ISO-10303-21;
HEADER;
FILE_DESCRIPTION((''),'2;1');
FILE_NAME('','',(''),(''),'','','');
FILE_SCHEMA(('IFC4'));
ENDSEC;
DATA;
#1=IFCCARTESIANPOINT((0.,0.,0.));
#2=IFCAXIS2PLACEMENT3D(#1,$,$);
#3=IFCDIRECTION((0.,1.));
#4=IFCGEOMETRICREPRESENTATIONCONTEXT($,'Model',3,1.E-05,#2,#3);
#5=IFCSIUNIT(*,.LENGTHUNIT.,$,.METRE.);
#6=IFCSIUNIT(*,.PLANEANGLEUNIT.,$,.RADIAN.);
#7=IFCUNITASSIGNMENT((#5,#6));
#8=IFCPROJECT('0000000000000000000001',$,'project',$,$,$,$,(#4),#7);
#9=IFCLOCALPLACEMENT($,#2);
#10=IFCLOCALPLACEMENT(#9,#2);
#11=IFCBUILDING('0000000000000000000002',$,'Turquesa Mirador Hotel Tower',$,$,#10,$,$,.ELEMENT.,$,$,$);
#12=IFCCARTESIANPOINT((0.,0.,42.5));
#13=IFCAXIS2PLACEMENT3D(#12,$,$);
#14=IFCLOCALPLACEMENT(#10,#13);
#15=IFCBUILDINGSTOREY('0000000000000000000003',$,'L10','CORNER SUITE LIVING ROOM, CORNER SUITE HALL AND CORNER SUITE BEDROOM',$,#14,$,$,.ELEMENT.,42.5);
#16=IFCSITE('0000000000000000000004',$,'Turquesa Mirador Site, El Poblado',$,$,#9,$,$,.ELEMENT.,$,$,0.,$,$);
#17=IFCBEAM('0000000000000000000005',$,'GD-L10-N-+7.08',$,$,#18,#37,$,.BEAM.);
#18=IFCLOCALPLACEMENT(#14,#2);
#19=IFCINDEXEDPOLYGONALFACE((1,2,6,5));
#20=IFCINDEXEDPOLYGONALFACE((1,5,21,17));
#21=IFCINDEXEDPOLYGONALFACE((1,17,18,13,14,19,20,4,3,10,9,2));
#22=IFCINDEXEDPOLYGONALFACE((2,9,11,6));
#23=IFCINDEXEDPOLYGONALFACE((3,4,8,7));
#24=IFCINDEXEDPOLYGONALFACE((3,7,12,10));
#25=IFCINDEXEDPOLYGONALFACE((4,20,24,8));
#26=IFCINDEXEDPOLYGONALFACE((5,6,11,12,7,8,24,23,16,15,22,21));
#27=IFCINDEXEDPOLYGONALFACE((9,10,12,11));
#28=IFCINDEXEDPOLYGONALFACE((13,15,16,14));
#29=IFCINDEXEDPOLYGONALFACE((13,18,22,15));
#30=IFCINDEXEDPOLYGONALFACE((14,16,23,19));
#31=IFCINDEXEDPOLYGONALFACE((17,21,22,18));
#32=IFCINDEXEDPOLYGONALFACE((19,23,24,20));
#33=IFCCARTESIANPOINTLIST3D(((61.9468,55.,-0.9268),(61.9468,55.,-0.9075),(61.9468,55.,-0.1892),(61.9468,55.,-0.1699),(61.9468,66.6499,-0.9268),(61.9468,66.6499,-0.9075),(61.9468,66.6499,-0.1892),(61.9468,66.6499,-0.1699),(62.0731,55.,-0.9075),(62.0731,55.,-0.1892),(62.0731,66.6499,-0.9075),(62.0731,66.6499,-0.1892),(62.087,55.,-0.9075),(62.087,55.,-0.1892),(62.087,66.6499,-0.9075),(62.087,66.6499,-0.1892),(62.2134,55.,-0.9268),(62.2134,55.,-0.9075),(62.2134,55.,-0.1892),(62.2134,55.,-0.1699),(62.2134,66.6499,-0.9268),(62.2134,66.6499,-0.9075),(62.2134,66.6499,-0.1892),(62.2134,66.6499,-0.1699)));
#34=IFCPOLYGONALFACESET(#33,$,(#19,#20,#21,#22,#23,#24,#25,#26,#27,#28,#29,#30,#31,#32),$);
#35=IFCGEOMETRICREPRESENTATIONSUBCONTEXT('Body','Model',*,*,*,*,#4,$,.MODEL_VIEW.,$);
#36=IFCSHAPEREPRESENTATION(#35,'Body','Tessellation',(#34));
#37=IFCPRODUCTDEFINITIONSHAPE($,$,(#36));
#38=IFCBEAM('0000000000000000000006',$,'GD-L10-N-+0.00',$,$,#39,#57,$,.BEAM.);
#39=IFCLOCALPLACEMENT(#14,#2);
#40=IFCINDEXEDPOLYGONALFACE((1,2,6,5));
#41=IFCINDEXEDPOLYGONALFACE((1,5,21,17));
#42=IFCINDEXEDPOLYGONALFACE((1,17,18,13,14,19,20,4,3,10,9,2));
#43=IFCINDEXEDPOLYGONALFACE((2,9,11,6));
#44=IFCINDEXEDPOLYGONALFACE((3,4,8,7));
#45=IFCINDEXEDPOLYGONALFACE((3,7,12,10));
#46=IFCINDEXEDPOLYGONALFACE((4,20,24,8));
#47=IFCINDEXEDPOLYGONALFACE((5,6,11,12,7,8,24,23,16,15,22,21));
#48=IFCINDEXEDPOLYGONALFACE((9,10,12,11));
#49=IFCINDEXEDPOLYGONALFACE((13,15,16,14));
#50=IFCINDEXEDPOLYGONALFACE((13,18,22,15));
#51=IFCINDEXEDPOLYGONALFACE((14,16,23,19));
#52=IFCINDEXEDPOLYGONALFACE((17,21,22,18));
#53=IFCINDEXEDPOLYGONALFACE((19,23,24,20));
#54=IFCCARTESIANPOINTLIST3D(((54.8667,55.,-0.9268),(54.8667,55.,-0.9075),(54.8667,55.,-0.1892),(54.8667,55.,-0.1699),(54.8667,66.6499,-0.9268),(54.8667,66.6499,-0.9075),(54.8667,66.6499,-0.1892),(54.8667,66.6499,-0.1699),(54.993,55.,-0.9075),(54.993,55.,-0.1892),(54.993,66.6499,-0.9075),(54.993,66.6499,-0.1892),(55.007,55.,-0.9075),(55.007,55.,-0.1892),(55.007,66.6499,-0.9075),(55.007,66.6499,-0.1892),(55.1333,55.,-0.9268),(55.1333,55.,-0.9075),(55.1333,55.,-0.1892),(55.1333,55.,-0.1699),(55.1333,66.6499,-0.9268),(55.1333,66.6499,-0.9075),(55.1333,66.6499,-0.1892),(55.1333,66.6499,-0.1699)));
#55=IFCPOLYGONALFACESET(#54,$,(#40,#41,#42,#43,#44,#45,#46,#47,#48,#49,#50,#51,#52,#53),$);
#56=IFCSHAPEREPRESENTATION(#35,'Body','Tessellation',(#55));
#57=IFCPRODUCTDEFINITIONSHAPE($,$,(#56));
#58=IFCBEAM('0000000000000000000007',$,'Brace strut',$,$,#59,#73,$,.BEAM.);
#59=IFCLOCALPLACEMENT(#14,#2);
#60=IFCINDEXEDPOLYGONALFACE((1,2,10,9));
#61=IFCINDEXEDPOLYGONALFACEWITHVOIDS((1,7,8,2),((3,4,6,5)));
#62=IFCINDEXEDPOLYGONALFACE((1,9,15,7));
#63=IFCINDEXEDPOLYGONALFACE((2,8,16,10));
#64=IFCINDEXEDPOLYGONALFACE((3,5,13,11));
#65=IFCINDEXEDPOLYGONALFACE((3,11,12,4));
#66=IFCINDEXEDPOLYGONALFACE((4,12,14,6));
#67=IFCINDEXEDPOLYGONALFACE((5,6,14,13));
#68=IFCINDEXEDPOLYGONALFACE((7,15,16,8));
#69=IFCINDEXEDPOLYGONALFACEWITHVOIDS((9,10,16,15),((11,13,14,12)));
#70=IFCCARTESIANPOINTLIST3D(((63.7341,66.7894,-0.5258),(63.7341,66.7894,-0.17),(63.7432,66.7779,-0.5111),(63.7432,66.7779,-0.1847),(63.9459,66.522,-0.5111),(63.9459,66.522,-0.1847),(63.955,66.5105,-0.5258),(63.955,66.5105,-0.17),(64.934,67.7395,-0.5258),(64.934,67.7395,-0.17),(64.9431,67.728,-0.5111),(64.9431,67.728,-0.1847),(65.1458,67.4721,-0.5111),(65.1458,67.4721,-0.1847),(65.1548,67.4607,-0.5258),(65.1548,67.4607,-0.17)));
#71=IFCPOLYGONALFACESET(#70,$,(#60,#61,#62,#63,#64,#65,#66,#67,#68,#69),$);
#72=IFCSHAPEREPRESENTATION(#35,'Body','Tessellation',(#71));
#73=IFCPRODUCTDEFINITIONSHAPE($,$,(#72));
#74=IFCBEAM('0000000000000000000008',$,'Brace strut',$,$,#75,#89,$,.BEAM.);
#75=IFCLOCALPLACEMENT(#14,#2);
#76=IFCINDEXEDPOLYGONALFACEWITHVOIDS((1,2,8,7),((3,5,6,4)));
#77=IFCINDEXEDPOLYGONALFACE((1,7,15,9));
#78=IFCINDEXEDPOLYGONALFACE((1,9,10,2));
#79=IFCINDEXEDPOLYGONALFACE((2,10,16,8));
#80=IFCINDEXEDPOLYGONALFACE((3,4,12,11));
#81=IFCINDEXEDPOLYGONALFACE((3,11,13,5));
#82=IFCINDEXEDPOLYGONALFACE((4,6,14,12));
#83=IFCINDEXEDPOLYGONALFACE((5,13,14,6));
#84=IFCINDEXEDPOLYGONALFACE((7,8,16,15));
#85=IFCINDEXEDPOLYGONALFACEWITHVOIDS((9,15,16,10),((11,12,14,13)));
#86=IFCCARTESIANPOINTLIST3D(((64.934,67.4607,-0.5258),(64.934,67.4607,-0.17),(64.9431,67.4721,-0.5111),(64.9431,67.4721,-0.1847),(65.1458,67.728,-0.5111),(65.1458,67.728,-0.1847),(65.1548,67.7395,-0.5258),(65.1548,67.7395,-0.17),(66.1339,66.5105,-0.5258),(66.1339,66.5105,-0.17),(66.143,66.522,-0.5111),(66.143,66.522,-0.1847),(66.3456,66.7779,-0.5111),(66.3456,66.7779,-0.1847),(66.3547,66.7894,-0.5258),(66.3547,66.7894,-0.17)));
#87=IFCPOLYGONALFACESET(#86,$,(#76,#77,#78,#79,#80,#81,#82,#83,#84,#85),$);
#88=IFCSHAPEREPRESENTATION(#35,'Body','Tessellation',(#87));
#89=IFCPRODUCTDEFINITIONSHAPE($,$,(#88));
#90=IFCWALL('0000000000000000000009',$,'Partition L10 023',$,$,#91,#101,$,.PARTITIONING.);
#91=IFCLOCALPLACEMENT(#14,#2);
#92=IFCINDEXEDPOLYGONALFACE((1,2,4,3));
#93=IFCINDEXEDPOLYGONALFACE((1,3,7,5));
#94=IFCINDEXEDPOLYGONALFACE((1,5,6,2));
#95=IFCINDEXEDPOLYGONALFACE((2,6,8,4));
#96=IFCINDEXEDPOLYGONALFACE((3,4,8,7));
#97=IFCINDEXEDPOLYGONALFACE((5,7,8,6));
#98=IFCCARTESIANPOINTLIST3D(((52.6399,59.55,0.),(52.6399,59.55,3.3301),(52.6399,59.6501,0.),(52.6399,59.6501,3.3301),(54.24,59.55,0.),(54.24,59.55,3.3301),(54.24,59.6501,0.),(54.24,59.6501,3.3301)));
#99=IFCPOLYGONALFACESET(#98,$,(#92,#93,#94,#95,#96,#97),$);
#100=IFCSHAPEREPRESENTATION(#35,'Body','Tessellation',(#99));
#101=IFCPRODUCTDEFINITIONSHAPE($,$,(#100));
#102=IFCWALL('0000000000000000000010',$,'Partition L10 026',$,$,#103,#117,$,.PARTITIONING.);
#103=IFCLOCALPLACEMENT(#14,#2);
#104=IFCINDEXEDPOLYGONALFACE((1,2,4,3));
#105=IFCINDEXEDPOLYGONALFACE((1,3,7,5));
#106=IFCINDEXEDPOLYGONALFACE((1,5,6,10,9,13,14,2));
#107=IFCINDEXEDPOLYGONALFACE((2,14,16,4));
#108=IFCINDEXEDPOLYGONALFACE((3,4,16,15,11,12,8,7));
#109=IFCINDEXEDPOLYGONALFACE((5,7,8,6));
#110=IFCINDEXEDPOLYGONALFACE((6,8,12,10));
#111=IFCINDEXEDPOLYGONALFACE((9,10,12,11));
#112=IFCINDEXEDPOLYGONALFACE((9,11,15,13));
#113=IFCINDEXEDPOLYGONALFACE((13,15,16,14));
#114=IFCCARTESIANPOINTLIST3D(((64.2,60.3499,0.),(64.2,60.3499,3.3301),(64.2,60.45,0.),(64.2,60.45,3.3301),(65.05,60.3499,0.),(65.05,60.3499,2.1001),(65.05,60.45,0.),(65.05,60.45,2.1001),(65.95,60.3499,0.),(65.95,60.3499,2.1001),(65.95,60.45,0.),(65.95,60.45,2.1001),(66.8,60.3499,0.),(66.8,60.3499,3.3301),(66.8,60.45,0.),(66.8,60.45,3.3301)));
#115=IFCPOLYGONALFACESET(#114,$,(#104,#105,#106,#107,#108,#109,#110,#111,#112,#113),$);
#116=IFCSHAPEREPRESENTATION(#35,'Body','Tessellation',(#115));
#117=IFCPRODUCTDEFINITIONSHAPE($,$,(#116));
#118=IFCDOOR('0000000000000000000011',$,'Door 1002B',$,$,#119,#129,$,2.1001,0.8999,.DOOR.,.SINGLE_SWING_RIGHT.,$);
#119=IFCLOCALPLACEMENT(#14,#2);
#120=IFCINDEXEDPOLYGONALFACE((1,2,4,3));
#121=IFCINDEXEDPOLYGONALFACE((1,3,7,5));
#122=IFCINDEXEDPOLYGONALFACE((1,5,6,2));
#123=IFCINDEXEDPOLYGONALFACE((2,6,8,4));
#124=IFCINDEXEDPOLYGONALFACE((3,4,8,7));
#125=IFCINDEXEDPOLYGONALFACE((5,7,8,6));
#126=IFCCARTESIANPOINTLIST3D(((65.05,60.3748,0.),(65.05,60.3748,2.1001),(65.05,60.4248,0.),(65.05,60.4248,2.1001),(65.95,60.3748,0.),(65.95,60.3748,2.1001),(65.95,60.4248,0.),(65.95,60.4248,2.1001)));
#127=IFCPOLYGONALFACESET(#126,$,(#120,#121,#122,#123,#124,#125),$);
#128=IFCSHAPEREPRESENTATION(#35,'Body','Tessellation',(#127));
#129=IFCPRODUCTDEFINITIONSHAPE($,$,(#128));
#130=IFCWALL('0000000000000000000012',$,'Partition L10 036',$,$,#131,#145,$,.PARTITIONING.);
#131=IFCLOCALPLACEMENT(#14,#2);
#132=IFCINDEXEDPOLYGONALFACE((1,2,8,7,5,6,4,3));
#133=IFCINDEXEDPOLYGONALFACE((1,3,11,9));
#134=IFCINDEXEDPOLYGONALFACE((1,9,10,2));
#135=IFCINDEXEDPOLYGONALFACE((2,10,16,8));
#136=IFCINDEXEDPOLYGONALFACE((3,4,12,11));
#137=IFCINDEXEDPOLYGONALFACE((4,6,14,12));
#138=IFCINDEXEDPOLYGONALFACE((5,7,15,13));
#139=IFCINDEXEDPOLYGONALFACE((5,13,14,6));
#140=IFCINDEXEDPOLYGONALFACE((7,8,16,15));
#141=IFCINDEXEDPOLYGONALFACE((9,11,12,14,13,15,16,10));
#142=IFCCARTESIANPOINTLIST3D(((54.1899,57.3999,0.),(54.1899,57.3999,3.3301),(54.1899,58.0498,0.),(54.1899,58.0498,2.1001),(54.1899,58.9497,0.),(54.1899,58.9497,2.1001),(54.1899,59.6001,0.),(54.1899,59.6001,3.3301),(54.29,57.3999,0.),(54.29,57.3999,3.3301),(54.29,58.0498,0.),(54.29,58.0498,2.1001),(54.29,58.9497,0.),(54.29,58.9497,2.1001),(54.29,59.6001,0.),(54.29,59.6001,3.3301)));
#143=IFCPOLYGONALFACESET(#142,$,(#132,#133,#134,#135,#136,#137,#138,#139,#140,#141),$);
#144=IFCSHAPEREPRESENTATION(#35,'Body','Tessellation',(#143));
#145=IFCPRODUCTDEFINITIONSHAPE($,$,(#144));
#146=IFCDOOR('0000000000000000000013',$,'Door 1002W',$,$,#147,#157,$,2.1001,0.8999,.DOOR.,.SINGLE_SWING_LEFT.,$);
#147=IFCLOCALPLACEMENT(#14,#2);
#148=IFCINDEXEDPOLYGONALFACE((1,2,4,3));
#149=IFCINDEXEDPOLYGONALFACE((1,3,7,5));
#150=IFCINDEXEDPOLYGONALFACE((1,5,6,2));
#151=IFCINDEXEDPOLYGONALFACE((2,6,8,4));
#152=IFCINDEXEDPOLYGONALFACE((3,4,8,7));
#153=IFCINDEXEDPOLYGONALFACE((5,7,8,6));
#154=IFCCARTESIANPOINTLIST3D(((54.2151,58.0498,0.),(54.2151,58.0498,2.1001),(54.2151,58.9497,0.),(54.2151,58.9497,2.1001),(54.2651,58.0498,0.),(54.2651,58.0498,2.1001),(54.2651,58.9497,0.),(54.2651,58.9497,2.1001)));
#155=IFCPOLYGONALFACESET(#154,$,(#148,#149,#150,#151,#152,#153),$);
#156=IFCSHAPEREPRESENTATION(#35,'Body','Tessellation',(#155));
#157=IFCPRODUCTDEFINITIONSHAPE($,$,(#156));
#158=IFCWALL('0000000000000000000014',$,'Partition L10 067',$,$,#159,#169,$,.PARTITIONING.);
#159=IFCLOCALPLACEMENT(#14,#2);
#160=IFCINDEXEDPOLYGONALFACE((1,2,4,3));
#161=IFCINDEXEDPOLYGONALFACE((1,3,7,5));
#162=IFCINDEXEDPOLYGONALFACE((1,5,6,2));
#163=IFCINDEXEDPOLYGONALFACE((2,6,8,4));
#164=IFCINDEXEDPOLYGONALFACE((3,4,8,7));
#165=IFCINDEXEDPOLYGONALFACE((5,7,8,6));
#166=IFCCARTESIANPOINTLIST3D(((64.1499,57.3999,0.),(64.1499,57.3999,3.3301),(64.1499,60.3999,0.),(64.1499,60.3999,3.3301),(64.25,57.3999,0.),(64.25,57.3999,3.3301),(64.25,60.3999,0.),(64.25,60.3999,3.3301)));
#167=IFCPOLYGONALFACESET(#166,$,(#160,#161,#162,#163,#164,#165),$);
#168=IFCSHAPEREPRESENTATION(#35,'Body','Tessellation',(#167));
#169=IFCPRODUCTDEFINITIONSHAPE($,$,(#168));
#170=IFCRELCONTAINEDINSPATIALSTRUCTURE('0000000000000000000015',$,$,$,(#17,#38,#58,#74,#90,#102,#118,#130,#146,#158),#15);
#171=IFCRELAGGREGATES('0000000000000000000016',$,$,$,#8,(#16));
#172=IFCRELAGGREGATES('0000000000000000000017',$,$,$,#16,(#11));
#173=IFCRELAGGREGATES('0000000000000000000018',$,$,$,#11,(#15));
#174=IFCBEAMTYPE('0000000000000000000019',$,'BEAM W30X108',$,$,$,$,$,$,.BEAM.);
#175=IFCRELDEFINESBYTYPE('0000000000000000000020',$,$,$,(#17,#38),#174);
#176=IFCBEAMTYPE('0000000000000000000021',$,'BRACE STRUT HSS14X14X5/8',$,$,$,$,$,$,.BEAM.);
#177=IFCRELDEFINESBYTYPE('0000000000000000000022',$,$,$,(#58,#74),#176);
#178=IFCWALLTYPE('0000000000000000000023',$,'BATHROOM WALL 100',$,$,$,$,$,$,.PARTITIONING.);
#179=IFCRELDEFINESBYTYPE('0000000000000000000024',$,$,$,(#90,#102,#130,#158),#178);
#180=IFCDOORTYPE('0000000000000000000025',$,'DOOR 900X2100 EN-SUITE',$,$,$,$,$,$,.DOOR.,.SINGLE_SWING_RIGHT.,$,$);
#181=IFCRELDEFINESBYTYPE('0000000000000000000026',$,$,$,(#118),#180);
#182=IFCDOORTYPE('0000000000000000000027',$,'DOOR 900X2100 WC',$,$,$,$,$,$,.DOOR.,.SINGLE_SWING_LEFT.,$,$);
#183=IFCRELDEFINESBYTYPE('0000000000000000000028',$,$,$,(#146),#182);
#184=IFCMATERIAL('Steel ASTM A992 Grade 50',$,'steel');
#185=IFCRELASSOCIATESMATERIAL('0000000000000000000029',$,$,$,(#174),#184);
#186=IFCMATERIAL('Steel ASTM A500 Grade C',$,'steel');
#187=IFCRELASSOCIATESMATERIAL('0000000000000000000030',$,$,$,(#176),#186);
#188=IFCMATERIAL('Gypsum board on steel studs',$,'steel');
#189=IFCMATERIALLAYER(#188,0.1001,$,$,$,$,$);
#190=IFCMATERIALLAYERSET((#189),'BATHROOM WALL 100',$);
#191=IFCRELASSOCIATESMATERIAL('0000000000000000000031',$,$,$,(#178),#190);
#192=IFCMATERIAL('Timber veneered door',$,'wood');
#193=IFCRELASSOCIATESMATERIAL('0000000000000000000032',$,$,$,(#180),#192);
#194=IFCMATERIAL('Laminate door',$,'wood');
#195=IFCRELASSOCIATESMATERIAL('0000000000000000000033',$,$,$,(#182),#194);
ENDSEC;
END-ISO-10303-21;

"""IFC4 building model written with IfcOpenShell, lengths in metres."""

from ifc_helpers import new_model, si_unit, direction, frame, frame_2d, origin, origin_2d, place, context, subcontext, project, spatial, rectangle, hollow_rectangle, i_section, extrude, material, layer, layer_set, material_profile, profile_set, type_object, element, fill, save


model = new_model("IFC4")

# Units and contexts
model_context = context("Model", 3, precision=1e-05, world=origin(), true_north=direction((0.0, 1.0)))
body_context = subcontext(model_context, "Body", "Model", "MODEL_VIEW")
ifc_project = project(units=[si_unit("LENGTHUNIT", "METRE"), si_unit("PLANEANGLEUNIT", "RADIAN")], contexts=[model_context])

# Site, building, storey
site_placement = place(None, origin())
site = spatial("IfcSite", under=ifc_project, at=site_placement, Name="Turquesa Mirador Site, El Poblado", CompositionType="ELEMENT", RefElevation=0.0)
building_placement = place(site_placement, origin())
building = spatial("IfcBuilding", under=site, at=building_placement, Name="Turquesa Mirador Hotel Tower", CompositionType="ELEMENT")
storey_placement = place(building_placement, frame((0.0, 0.0, 42.5)))
storey = spatial("IfcBuildingStorey", under=building, at=storey_placement, Name="L10", Description="CORNER SUITE LIVING ROOM, CORNER SUITE HALL AND CORNER SUITE BEDROOM", CompositionType="ELEMENT", Elevation=42.5)

# Beams
ifc_material_1 = material(Name="Steel ASTM A992 Grade 50", Category="steel")
ifc_material_profile_1 = material_profile(ifc_material_1, i_section(OverallWidth=0.2666, OverallDepth=0.7568, WebThickness=0.0139, FlangeThickness=0.0193, at=origin_2d()), Name="W30X108")
ifc_profile_set_1 = profile_set([ifc_material_profile_1], Name="Steel ASTM A992 Grade 50")
beam_type_1 = type_object("IfcBeamType", Name="BEAM W30X108", PredefinedType="BEAM", material=ifc_profile_set_1)
for number, where, z_axis, x_axis, name in (
    (1, (62.0801, 66.6499, -0.5483), (0.0, -1.0, 0.0), (1.0, 0.0, 0.0), "GD-L10-N-+7.08"),
    (2, (55.0, 66.6499, -0.5483), (0.0, -1.0, 0.0), (1.0, 0.0, 0.0), "GD-L10-N-+0.00"),
):
    element("IfcBeam", number, at=place(storey_placement, frame(where, z_axis=z_axis, x_axis=x_axis)), inside=storey, type_object=beam_type_1, Name=name, PredefinedType="BEAM", context=body_context, shape_type="SweptSolid", body=[
        extrude(i_section(OverallWidth=0.2666, OverallDepth=0.7568, WebThickness=0.0139, FlangeThickness=0.0193, at=origin_2d()), origin(), (0.0, 0.0, 1.0), 11.6499),
    ])
ifc_material_2 = material(Name="Steel ASTM A500 Grade C", Category="steel")
ifc_material_profile_2 = material_profile(ifc_material_2, hollow_rectangle(XDim=0.3557, YDim=0.3557, WallThickness=0.0146, at=origin_2d()), Name="HSS14X14X5/8")
ifc_profile_set_2 = profile_set([ifc_material_profile_2], Name="Steel ASTM A500 Grade C")
beam_type_2 = type_object("IfcBeamType", Name="BRACE STRUT HSS14X14X5/8", PredefinedType="BEAM", material=ifc_profile_set_2)
for number, where, z_axis, x_axis, name in (
    (3, (65.0444, 67.6001, -0.3479), (-0.783971, -0.620797, 0.0), (0.620797, -0.783971, 0.0), "Brace strut"),
    (4, (65.0444, 67.6001, -0.3479), (0.783971, -0.620797, 0.0), (0.620797, 0.783971, 0.0), "Brace strut"),
):
    element("IfcBeam", number, at=place(storey_placement, frame(where, z_axis=z_axis, x_axis=x_axis)), inside=storey, type_object=beam_type_2, Name=name, PredefinedType="BEAM", context=body_context, shape_type="SweptSolid", body=[
        extrude(hollow_rectangle(XDim=0.3557, YDim=0.3557, WallThickness=0.0146, at=origin_2d()), origin(), (0.0, 0.0, 1.0), 1.5305),
    ])

# Wall
ifc_material_3 = material(Name="Gypsum board on steel studs", Category="steel")
ifc_layer_1 = layer(ifc_material_3, 0.1001)
ifc_layer_set_1 = layer_set([ifc_layer_1], Name="BATHROOM WALL 100")
wall_type_1 = type_object("IfcWallType", Name="BATHROOM WALL 100", PredefinedType="PARTITIONING", material=ifc_layer_set_1)
wall_1_placement = place(storey_placement, frame((52.6399, 59.6001, 0.0), z_axis=(0.0, 0.0, 1.0), x_axis=(1.0, 0.0, 0.0)))
element("IfcWall", 5, at=wall_1_placement, inside=storey, type_object=wall_type_1, Name="Partition L10 023", PredefinedType="PARTITIONING", context=body_context, shape_type="SweptSolid", body=[
    extrude(rectangle(XDim=1.6001, YDim=0.1001, at=frame_2d((0.8, 0.0))), origin(), (0.0, 0.0, 1.0), 3.3301),
])

# Walls, openings, doors
wall_2_placement = place(storey_placement, frame((64.2, 60.3999, 0.0), z_axis=(0.0, 0.0, 1.0), x_axis=(1.0, 0.0, 0.0)))
wall_2 = element("IfcWall", 6, at=wall_2_placement, inside=storey, type_object=wall_type_1, Name="Partition L10 026", PredefinedType="PARTITIONING", context=body_context, shape_type="SweptSolid", body=[
    extrude(rectangle(XDim=2.6001, YDim=0.1001, at=frame_2d((1.3, 0.0))), origin(), (0.0, 0.0, 1.0), 3.3301),
])
opening_1_placement = place(wall_2_placement, frame((0.8501, 0.0, 0.0)))
opening_1 = element("IfcOpeningElement", 7, at=opening_1_placement, cuts=wall_2, PredefinedType="OPENING", context=body_context, shape_type="SweptSolid", body=[
    extrude(rectangle(XDim=0.8999, YDim=2.1001, at=frame_2d((0.45, 1.05))), frame((0.0, 0.0601, 0.0), z_axis=(0.0, -1.0, 0.0), x_axis=(1.0, 0.0, 0.0)), (0.0, 0.0, 1.0), 0.1201),
])
ifc_material_4 = material(Name="Timber veneered door", Category="wood")
door_type_1 = type_object("IfcDoorType", Name="DOOR 900X2100 EN-SUITE", OperationType="SINGLE_SWING_RIGHT", PredefinedType="DOOR", material=ifc_material_4)
door_1_placement = place(opening_1_placement, origin())
door_1 = element("IfcDoor", 8, at=door_1_placement, inside=storey, type_object=door_type_1, Name="Door 1002B", OperationType="SINGLE_SWING_RIGHT", OverallHeight=2.1001, OverallWidth=0.8999, PredefinedType="DOOR", context=body_context, shape_type="SweptSolid", body=[
    extrude(rectangle(XDim=0.8999, YDim=2.1001, at=frame_2d((0.45, 1.05))), frame((0.0, 0.0249, 0.0), z_axis=(0.0, -1.0, 0.0), x_axis=(1.0, 0.0, 0.0)), (0.0, 0.0, 1.0), 0.05),
])
fill(opening_1, door_1)
wall_3_placement = place(storey_placement, frame((54.24, 57.3999, 0.0), z_axis=(0.0, 0.0, 1.0), x_axis=(0.0, 1.0, 0.0)))
wall_3 = element("IfcWall", 9, at=wall_3_placement, inside=storey, type_object=wall_type_1, Name="Partition L10 036", PredefinedType="PARTITIONING", context=body_context, shape_type="SweptSolid", body=[
    extrude(rectangle(XDim=2.2002, YDim=0.1001, at=frame_2d((1.1001, 0.0))), origin(), (0.0, 0.0, 1.0), 3.3301),
])
opening_2_placement = place(wall_3_placement, frame((0.6499, 0.0, 0.0)))
opening_2 = element("IfcOpeningElement", 10, at=opening_2_placement, cuts=wall_3, PredefinedType="OPENING", context=body_context, shape_type="SweptSolid", body=[
    extrude(rectangle(XDim=0.8999, YDim=2.1001, at=frame_2d((0.45, 1.05))), frame((0.0, 0.0601, 0.0), z_axis=(0.0, -1.0, 0.0), x_axis=(1.0, 0.0, 0.0)), (0.0, 0.0, 1.0), 0.1201),
])
ifc_material_5 = material(Name="Laminate door", Category="wood")
door_type_2 = type_object("IfcDoorType", Name="DOOR 900X2100 WC", OperationType="SINGLE_SWING_LEFT", PredefinedType="DOOR", material=ifc_material_5)
door_2_placement = place(opening_2_placement, origin())
door_2 = element("IfcDoor", 11, at=door_2_placement, inside=storey, type_object=door_type_2, Name="Door 1002W", OperationType="SINGLE_SWING_LEFT", OverallHeight=2.1001, OverallWidth=0.8999, PredefinedType="DOOR", context=body_context, shape_type="SweptSolid", body=[
    extrude(rectangle(XDim=0.8999, YDim=2.1001, at=frame_2d((0.45, 1.05))), frame((0.0, 0.0249, 0.0), z_axis=(0.0, -1.0, 0.0), x_axis=(1.0, 0.0, 0.0)), (0.0, 0.0, 1.0), 0.05),
])
fill(opening_2, door_2)

# Wall
wall_4_placement = place(storey_placement, frame((64.2, 57.3999, 0.0), z_axis=(0.0, 0.0, 1.0), x_axis=(0.0, 1.0, 0.0)))
element("IfcWall", 12, at=wall_4_placement, inside=storey, type_object=wall_type_1, Name="Partition L10 067", PredefinedType="PARTITIONING", context=body_context, shape_type="SweptSolid", body=[
    extrude(rectangle(XDim=3.0, YDim=0.1001, at=frame_2d((1.5, 0.0))), origin(), (0.0, 0.0, 1.0), 3.3301),
])

save(model, "model.ifc")
